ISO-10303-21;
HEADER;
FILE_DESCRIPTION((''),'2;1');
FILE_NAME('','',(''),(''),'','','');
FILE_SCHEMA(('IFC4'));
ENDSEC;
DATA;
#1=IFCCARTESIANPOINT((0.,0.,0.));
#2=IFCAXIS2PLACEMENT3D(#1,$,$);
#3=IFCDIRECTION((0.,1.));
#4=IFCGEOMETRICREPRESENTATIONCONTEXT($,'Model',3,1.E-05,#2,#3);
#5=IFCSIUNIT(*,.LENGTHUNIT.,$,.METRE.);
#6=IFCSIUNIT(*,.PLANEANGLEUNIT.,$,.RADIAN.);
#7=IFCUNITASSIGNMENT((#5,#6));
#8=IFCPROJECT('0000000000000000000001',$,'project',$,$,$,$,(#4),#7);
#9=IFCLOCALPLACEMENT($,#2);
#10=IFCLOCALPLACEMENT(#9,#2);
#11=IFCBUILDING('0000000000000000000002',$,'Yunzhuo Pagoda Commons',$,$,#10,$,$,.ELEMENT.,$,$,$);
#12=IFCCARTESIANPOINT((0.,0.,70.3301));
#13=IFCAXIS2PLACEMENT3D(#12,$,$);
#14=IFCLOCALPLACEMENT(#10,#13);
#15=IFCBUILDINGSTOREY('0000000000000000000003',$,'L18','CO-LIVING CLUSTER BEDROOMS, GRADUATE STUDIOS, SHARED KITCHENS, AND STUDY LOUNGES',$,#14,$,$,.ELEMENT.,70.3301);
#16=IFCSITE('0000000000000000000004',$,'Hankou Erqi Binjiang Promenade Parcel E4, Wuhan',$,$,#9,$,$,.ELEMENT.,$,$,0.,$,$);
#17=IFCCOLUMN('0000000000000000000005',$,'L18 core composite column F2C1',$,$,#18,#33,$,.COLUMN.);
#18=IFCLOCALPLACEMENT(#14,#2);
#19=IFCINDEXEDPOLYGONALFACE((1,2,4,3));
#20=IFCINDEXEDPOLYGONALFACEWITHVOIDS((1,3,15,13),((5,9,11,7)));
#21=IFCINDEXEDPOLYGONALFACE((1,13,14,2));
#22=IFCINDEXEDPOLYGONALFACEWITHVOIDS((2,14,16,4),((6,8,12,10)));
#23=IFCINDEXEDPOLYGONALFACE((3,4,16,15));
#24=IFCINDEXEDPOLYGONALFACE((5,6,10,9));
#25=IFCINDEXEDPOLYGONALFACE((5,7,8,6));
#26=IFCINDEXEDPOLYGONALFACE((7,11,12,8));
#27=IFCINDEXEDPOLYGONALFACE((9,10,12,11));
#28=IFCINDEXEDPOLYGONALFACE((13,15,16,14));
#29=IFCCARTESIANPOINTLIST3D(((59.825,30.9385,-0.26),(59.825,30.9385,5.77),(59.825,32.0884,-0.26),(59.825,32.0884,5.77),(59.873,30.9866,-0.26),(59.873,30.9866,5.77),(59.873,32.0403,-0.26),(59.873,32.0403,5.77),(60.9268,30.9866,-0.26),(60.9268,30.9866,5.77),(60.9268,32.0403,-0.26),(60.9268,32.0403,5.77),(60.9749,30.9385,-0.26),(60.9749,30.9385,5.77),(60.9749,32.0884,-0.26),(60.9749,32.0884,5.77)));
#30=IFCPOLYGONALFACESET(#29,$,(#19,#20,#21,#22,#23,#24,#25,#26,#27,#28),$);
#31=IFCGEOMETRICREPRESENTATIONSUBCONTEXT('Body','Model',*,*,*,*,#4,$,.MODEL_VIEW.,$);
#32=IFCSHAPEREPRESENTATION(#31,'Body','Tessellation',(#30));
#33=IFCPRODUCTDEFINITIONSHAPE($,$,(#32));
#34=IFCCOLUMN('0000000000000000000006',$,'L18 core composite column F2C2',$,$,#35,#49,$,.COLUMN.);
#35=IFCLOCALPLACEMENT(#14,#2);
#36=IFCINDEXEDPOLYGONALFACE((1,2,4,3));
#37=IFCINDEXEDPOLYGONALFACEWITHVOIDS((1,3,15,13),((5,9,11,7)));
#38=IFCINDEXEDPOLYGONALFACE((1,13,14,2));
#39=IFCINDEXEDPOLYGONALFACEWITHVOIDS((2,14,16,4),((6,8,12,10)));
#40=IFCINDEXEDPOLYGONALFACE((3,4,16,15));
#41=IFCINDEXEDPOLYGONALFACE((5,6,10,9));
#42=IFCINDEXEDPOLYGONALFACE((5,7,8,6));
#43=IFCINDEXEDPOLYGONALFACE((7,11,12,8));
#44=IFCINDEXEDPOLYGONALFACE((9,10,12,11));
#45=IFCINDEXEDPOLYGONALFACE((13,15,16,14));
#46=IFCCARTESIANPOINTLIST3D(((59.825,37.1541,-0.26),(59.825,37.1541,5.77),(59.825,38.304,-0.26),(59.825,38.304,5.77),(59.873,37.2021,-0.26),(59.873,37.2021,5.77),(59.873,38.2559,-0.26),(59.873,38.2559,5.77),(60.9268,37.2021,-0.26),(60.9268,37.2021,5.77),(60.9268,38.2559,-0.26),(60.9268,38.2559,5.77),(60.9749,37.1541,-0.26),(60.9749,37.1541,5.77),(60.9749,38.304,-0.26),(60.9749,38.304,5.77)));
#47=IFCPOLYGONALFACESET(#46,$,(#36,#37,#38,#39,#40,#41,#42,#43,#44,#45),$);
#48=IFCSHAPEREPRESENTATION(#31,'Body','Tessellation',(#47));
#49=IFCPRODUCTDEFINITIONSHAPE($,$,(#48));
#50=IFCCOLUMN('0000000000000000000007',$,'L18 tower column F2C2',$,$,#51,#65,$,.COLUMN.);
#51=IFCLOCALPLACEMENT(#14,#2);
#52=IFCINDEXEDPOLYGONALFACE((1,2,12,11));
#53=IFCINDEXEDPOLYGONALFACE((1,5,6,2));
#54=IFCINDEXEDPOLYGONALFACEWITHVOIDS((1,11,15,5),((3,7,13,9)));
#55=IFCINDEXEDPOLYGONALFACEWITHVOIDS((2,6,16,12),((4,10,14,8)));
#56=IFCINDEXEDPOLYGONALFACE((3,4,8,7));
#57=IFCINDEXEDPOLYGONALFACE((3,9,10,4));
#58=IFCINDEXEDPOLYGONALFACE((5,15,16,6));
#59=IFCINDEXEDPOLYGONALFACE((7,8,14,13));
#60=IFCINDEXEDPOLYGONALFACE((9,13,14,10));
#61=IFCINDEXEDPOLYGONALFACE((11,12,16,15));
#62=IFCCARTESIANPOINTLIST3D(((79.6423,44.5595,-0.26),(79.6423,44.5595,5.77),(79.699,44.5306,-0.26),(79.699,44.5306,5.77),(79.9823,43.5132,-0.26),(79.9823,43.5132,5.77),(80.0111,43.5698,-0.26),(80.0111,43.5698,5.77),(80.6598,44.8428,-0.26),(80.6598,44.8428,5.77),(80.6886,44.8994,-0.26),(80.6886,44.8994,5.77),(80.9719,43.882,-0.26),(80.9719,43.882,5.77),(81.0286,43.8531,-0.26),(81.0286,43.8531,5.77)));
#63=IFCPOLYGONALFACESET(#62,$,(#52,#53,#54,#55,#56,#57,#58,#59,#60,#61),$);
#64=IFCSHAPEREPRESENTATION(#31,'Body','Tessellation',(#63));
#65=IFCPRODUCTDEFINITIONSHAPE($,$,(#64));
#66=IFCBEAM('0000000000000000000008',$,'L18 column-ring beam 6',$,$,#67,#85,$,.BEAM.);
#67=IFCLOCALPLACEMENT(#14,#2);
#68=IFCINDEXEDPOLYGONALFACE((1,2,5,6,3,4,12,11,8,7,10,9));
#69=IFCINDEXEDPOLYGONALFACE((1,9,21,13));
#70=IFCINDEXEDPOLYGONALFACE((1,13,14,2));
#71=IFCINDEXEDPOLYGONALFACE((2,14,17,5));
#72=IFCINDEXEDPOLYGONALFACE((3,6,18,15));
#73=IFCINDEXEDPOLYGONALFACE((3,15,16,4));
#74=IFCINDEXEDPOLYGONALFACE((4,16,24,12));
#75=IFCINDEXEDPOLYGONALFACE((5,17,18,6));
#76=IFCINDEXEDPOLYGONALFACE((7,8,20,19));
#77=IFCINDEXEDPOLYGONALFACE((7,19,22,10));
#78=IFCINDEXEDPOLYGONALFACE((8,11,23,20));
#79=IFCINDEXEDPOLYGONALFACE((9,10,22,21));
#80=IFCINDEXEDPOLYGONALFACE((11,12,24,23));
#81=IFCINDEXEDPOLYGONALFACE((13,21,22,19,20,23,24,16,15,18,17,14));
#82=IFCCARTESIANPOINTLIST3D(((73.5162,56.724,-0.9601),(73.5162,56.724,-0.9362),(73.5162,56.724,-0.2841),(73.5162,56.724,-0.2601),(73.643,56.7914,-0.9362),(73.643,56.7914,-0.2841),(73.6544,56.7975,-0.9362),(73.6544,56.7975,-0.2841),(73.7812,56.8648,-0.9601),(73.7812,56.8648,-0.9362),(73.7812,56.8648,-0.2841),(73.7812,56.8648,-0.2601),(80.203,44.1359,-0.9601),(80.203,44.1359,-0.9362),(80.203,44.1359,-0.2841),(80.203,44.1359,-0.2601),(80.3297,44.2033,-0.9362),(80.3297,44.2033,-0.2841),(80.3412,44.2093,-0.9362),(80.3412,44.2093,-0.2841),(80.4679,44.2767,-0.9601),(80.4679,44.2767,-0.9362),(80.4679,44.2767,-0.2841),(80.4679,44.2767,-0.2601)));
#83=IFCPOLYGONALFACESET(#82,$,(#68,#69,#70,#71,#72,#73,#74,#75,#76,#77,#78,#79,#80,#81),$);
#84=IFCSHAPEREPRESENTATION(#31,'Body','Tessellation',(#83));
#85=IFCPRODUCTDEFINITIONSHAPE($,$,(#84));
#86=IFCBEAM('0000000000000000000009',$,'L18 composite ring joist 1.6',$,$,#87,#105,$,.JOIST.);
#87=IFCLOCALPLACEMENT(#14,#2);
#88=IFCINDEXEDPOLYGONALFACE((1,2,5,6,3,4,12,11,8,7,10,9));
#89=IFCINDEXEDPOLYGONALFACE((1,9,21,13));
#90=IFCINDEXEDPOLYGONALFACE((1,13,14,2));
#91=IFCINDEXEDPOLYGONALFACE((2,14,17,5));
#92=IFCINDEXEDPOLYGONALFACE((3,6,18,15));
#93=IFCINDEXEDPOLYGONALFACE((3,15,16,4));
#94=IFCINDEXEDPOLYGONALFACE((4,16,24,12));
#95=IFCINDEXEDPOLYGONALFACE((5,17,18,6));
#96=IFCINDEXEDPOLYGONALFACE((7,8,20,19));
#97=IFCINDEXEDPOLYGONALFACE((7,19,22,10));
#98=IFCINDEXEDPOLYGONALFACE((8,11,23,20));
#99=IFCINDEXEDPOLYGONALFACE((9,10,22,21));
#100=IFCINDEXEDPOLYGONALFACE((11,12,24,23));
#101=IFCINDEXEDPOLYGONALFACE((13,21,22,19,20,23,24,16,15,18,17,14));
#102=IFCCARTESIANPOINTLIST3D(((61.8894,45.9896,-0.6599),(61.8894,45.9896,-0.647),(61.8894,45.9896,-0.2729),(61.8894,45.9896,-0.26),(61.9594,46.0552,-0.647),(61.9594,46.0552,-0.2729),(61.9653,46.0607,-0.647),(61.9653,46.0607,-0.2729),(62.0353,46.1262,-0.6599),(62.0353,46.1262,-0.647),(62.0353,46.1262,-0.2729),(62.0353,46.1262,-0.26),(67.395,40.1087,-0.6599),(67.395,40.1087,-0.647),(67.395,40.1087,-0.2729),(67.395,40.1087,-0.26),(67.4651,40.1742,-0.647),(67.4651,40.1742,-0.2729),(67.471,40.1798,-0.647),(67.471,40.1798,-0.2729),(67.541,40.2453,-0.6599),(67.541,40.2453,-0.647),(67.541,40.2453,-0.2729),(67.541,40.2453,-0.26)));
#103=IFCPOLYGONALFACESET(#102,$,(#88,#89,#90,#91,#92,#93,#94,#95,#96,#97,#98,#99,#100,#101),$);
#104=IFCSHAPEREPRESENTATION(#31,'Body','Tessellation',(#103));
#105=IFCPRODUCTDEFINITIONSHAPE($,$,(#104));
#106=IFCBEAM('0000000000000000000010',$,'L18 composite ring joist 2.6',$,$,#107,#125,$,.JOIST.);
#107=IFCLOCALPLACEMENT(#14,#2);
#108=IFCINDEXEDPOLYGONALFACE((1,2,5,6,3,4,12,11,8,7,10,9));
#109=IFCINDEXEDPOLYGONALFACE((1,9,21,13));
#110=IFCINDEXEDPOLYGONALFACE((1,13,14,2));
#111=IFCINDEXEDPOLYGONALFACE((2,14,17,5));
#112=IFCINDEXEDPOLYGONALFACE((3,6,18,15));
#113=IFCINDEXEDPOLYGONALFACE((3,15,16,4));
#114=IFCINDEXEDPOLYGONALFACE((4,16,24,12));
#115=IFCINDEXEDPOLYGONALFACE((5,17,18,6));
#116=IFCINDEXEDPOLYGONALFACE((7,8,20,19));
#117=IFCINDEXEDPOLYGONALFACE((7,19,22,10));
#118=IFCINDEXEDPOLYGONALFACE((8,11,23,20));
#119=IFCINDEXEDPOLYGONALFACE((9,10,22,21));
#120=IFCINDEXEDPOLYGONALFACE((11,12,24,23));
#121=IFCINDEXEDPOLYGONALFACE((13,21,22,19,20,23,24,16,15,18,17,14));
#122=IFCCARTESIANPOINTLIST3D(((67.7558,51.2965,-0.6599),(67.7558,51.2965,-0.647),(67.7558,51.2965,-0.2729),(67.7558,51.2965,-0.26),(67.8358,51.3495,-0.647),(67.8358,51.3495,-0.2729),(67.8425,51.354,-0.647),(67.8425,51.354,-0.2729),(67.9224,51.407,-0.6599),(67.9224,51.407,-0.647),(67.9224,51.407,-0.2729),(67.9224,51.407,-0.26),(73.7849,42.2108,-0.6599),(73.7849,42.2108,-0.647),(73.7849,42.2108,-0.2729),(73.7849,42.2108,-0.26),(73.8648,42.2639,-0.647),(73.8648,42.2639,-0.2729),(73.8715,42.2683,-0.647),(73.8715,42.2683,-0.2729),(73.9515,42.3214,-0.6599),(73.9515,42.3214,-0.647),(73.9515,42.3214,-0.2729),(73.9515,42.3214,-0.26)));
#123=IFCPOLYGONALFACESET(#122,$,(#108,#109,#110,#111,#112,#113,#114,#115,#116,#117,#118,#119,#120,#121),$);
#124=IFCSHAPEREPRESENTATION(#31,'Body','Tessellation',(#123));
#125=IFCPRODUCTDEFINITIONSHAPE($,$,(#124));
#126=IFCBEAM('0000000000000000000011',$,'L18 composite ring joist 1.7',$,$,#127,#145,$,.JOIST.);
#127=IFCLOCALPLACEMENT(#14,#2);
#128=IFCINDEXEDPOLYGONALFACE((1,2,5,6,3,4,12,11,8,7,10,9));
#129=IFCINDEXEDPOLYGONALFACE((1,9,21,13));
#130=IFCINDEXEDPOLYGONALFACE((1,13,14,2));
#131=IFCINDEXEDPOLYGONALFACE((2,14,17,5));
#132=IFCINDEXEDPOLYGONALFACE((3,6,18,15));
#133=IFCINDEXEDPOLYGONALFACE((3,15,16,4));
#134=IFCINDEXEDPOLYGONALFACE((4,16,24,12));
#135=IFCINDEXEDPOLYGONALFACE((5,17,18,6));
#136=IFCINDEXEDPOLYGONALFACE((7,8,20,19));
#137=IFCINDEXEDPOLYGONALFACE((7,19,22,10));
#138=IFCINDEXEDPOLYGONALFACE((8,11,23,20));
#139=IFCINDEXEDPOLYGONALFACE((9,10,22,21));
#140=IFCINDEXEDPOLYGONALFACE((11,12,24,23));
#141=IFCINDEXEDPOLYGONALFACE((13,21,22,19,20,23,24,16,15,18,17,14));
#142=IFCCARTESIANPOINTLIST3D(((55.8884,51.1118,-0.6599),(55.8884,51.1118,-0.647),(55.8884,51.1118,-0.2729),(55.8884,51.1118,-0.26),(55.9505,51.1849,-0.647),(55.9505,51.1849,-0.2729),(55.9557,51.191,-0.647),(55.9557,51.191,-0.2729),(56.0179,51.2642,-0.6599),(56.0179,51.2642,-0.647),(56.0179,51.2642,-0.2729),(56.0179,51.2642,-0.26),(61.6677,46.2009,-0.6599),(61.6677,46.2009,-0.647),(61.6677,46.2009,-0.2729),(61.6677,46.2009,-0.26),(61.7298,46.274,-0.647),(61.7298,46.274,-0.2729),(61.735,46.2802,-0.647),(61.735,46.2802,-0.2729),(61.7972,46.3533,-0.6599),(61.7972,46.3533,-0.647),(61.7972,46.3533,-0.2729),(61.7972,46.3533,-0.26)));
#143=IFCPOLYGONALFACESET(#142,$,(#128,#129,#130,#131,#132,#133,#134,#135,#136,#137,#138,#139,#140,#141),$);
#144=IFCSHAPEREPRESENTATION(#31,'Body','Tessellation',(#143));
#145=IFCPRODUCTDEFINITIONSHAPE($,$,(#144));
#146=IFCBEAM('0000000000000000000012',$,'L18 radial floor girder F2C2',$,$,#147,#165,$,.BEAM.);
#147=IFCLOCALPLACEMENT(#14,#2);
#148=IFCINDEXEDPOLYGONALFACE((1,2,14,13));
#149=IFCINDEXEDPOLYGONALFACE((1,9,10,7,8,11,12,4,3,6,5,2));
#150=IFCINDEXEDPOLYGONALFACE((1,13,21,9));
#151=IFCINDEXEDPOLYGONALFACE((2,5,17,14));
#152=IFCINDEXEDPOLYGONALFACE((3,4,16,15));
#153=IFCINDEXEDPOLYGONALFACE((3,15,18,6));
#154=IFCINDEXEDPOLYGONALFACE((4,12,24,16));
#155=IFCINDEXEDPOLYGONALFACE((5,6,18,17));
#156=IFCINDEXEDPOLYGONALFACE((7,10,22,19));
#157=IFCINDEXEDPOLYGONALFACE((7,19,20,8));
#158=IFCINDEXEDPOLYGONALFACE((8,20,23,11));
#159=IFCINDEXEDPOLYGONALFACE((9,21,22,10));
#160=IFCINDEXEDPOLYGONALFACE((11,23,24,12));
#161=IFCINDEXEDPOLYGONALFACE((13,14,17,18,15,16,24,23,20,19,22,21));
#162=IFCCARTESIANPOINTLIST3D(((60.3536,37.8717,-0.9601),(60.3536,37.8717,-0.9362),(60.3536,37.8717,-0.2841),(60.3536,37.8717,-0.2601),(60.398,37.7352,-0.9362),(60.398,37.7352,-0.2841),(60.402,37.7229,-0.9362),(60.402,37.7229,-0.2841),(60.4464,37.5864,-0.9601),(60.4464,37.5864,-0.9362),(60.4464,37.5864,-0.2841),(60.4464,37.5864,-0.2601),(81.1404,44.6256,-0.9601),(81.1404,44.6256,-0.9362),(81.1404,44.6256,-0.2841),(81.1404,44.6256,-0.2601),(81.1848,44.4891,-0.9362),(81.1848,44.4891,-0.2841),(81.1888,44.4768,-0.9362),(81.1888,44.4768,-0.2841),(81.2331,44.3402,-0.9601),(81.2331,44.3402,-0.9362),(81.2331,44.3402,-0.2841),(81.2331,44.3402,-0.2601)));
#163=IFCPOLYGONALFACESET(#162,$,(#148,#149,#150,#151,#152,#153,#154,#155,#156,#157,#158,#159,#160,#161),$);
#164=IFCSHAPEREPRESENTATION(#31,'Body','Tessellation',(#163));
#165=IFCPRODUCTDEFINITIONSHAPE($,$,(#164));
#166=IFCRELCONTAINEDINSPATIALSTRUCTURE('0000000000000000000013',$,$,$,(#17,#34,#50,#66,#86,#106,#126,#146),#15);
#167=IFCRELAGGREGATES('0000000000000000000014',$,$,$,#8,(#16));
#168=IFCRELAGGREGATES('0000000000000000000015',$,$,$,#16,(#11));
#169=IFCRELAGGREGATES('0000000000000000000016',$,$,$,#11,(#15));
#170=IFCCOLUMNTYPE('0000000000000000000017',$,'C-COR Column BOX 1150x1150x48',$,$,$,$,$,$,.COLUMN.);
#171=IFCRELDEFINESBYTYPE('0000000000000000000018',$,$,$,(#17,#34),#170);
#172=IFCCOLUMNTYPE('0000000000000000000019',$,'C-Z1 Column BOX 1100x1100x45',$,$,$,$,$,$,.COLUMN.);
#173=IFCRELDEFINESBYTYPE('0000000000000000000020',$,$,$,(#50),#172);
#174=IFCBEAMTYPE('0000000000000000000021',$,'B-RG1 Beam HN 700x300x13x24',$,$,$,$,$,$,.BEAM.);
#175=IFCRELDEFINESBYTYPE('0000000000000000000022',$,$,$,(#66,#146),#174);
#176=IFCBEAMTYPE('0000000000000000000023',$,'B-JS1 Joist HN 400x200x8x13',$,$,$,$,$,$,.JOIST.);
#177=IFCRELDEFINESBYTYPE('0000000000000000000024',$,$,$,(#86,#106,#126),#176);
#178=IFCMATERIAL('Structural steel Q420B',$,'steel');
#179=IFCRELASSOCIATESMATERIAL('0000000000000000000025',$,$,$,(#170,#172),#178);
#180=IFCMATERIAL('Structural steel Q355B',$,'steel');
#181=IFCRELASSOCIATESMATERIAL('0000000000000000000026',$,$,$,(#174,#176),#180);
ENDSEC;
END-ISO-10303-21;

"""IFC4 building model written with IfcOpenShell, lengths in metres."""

from ifc_helpers import new_model, si_unit, direction, frame, origin, origin_2d, place, context, subcontext, project, spatial, hollow_rectangle, i_section, extrude, source, transform, mapped, material, material_profile, profile_set, type_object, element, save


model = new_model("IFC4")

# Units and contexts
model_context = context("Model", 3, precision=1e-05, world=origin(), true_north=direction((0.0, 1.0)))
body_context = subcontext(model_context, "Body", "Model", "MODEL_VIEW")
ifc_project = project(units=[si_unit("LENGTHUNIT", "METRE"), si_unit("PLANEANGLEUNIT", "RADIAN")], contexts=[model_context])

# Site, building, storey
site_placement = place(None, origin())
site = spatial("IfcSite", under=ifc_project, at=site_placement, Name="Hankou Erqi Binjiang Promenade Parcel E4, Wuhan", CompositionType="ELEMENT", RefElevation=0.0)
building_placement = place(site_placement, origin())
building = spatial("IfcBuilding", under=site, at=building_placement, Name="Yunzhuo Pagoda Commons", CompositionType="ELEMENT")
storey_placement = place(building_placement, frame((0.0, 0.0, 70.3301)))
storey = spatial("IfcBuildingStorey", under=building, at=storey_placement, Name="L18", Description="CO-LIVING CLUSTER BEDROOMS, GRADUATE STUDIOS, SHARED KITCHENS, AND STUDY LOUNGES", CompositionType="ELEMENT", Elevation=70.3301)

# Columns
ifc_material_1 = material(Name="Structural steel Q420B", Category="steel")
ifc_material_profile_1 = material_profile(ifc_material_1, hollow_rectangle(XDim=1.1499, YDim=1.1499, WallThickness=0.0481, at=origin_2d()), Name="Structural steel Q420B")
ifc_profile_set_1 = profile_set([ifc_material_profile_1], Name="Structural steel Q420B")
column_type_1 = type_object("IfcColumnType", Name="C-COR Column BOX 1150x1150x48", PredefinedType="COLUMN", material=ifc_profile_set_1)
shared_shape_1 = source(origin(), body_context, "Body", "SweptSolid", [
    extrude(hollow_rectangle(XDim=1.1499, YDim=1.1499, WallThickness=0.0481, at=origin_2d()), origin(), (0.0, 0.0, 1.0), 6.03),
])
for number, where, z_axis, x_axis, name in (
    (1, (60.3999, 31.5134, -0.26), (0.0, 0.0, 1.0), (1.0, 0.0, 0.0), "L18 core composite column F2C1"),
    (2, (60.3999, 37.729, -0.26), (0.0, 0.0, 1.0), (1.0, 0.0, 0.0), "L18 core composite column F2C2"),
):
    element("IfcColumn", number, at=place(storey_placement, frame(where, z_axis=z_axis, x_axis=x_axis)), inside=storey, type_object=column_type_1, Name=name, PredefinedType="COLUMN", context=body_context, shape_type="MappedRepresentation", body=[
        mapped(shared_shape_1, transform((0.0, 0.0, 0.0), scale=1.0)),
    ])
ifc_material_profile_2 = material_profile(ifc_material_1, hollow_rectangle(XDim=1.1001, YDim=1.1001, WallThickness=0.0449, at=origin_2d()), Name="Structural steel Q420B")
ifc_profile_set_2 = profile_set([ifc_material_profile_2], Name="Structural steel Q420B")
column_type_2 = type_object("IfcColumnType", Name="C-Z1 Column BOX 1100x1100x45", PredefinedType="COLUMN", material=ifc_profile_set_2)
shared_shape_2 = source(origin(), body_context, "Body", "SweptSolid", [
    extrude(hollow_rectangle(XDim=1.1001, YDim=1.1001, WallThickness=0.0449, at=origin_2d()), origin(), (0.0, 0.0, 1.0), 6.03),
])
column_placement = place(storey_placement, frame((80.3354, 44.2063, -0.26), z_axis=(0.0, 0.0, 1.0), x_axis=(-0.309017, 0.951057, 0.0)))
element("IfcColumn", 3, at=column_placement, inside=storey, type_object=column_type_2, Name="L18 tower column F2C2", PredefinedType="COLUMN", context=body_context, shape_type="MappedRepresentation", body=[
    mapped(shared_shape_2, transform((0.0, 0.0, 0.0), scale=1.0)),
])

# Beams
ifc_material_2 = material(Name="Structural steel Q355B", Category="steel")
ifc_material_profile_3 = material_profile(ifc_material_2, i_section(OverallWidth=0.3, OverallDepth=0.7, WebThickness=0.0129, FlangeThickness=0.0239, at=origin_2d()), Name="Structural steel Q355B")
ifc_profile_set_3 = profile_set([ifc_material_profile_3], Name="Structural steel Q355B")
beam_type_1 = type_object("IfcBeamType", Name="B-RG1 Beam HN 700x300x13x24", PredefinedType="BEAM", material=ifc_profile_set_3)
shared_shape_3 = source(origin(), body_context, "Body", "SweptSolid", [
    extrude(i_section(OverallWidth=0.3, OverallDepth=0.7, WebThickness=0.0129, FlangeThickness=0.0239, at=origin_2d()), origin(), (0.0, 0.0, 1.0), 14.2539),
])
beam_1_placement = place(storey_placement, frame((80.3354, 44.2063, -0.6101), z_axis=(-0.469118, 0.883135, 0.0), x_axis=(-0.883135, -0.469118, 0.0)))
element("IfcBeam", 4, at=beam_1_placement, inside=storey, type_object=beam_type_1, Name="L18 column-ring beam 6", PredefinedType="BEAM", context=body_context, shape_type="MappedRepresentation", body=[
    mapped(shared_shape_3, transform((0.0, 0.0, 0.0), scale=1.0)),
])
ifc_material_profile_4 = material_profile(ifc_material_2, i_section(OverallWidth=0.2, OverallDepth=0.3999, WebThickness=0.0081, FlangeThickness=0.0129, at=origin_2d()), Name="Structural steel Q355B")
ifc_profile_set_4 = profile_set([ifc_material_profile_4], Name="Structural steel Q355B")
beam_type_2 = type_object("IfcBeamType", Name="B-JS1 Joist HN 400x200x8x13", PredefinedType="JOIST", material=ifc_profile_set_4)
shared_shape_4 = source(origin(), body_context, "Body", "SweptSolid", [
    extrude(i_section(OverallWidth=0.2, OverallDepth=0.3999, WebThickness=0.0081, FlangeThickness=0.0129, at=origin_2d()), origin(), (0.0, 0.0, 1.0), 8.0559),
])
beam_2_placement = place(storey_placement, frame((67.468, 40.177, -0.46), z_axis=(-0.683433, 0.730013, 0.0), x_axis=(-0.730013, -0.683433, 0.0)))
element("IfcBeam", 5, at=beam_2_placement, inside=storey, type_object=beam_type_2, Name="L18 composite ring joist 1.6", PredefinedType="JOIST", context=body_context, shape_type="MappedRepresentation", body=[
    mapped(shared_shape_4, transform((0.0, 0.0, 0.0), scale=1.0)),
])
shared_shape_5 = source(origin(), body_context, "Body", "SweptSolid", [
    extrude(i_section(OverallWidth=0.2, OverallDepth=0.3999, WebThickness=0.0081, FlangeThickness=0.0129, at=origin_2d()), origin(), (0.0, 0.0, 1.0), 10.9041),
])
beam_3_placement = place(storey_placement, frame((73.8682, 42.2661, -0.46), z_axis=(-0.552916, 0.833237, 0.0), x_axis=(-0.833237, -0.552916, 0.0)))
element("IfcBeam", 6, at=beam_3_placement, inside=storey, type_object=beam_type_2, Name="L18 composite ring joist 2.6", PredefinedType="JOIST", context=body_context, shape_type="MappedRepresentation", body=[
    mapped(shared_shape_5, transform((0.0, 0.0, 0.0), scale=1.0)),
])
shared_shape_6 = source(origin(), body_context, "Body", "SweptSolid", [
    extrude(i_section(OverallWidth=0.2, OverallDepth=0.3999, WebThickness=0.0081, FlangeThickness=0.0129, at=origin_2d()), origin(), (0.0, 0.0, 1.0), 7.584),
])
beam_4_placement = place(storey_placement, frame((61.7324, 46.2771, -0.46), z_axis=(-0.762038, 0.647533, 0.0), x_axis=(-0.647533, -0.762038, 0.0)))
element("IfcBeam", 7, at=beam_4_placement, inside=storey, type_object=beam_type_2, Name="L18 composite ring joist 1.7", PredefinedType="JOIST", context=body_context, shape_type="MappedRepresentation", body=[
    mapped(shared_shape_6, transform((0.0, 0.0, 0.0), scale=1.0)),
])
shared_shape_7 = source(origin(), body_context, "Body", "SweptSolid", [
    extrude(i_section(OverallWidth=0.3, OverallDepth=0.7, WebThickness=0.0129, FlangeThickness=0.0239, at=origin_2d()), origin(), (0.0, 0.0, 1.0), 21.8564),
])
beam_5_placement = place(storey_placement, frame((81.1868, 44.4829, -0.6101), z_axis=(-0.951059, -0.309011, 0.0), x_axis=(0.309011, -0.951059, 0.0)))
element("IfcBeam", 8, at=beam_5_placement, inside=storey, type_object=beam_type_1, Name="L18 radial floor girder F2C2", PredefinedType="BEAM", context=body_context, shape_type="MappedRepresentation", body=[
    mapped(shared_shape_7, transform((0.0, 0.0, 0.0), scale=1.0)),
])

save(model, "model.ifc")
